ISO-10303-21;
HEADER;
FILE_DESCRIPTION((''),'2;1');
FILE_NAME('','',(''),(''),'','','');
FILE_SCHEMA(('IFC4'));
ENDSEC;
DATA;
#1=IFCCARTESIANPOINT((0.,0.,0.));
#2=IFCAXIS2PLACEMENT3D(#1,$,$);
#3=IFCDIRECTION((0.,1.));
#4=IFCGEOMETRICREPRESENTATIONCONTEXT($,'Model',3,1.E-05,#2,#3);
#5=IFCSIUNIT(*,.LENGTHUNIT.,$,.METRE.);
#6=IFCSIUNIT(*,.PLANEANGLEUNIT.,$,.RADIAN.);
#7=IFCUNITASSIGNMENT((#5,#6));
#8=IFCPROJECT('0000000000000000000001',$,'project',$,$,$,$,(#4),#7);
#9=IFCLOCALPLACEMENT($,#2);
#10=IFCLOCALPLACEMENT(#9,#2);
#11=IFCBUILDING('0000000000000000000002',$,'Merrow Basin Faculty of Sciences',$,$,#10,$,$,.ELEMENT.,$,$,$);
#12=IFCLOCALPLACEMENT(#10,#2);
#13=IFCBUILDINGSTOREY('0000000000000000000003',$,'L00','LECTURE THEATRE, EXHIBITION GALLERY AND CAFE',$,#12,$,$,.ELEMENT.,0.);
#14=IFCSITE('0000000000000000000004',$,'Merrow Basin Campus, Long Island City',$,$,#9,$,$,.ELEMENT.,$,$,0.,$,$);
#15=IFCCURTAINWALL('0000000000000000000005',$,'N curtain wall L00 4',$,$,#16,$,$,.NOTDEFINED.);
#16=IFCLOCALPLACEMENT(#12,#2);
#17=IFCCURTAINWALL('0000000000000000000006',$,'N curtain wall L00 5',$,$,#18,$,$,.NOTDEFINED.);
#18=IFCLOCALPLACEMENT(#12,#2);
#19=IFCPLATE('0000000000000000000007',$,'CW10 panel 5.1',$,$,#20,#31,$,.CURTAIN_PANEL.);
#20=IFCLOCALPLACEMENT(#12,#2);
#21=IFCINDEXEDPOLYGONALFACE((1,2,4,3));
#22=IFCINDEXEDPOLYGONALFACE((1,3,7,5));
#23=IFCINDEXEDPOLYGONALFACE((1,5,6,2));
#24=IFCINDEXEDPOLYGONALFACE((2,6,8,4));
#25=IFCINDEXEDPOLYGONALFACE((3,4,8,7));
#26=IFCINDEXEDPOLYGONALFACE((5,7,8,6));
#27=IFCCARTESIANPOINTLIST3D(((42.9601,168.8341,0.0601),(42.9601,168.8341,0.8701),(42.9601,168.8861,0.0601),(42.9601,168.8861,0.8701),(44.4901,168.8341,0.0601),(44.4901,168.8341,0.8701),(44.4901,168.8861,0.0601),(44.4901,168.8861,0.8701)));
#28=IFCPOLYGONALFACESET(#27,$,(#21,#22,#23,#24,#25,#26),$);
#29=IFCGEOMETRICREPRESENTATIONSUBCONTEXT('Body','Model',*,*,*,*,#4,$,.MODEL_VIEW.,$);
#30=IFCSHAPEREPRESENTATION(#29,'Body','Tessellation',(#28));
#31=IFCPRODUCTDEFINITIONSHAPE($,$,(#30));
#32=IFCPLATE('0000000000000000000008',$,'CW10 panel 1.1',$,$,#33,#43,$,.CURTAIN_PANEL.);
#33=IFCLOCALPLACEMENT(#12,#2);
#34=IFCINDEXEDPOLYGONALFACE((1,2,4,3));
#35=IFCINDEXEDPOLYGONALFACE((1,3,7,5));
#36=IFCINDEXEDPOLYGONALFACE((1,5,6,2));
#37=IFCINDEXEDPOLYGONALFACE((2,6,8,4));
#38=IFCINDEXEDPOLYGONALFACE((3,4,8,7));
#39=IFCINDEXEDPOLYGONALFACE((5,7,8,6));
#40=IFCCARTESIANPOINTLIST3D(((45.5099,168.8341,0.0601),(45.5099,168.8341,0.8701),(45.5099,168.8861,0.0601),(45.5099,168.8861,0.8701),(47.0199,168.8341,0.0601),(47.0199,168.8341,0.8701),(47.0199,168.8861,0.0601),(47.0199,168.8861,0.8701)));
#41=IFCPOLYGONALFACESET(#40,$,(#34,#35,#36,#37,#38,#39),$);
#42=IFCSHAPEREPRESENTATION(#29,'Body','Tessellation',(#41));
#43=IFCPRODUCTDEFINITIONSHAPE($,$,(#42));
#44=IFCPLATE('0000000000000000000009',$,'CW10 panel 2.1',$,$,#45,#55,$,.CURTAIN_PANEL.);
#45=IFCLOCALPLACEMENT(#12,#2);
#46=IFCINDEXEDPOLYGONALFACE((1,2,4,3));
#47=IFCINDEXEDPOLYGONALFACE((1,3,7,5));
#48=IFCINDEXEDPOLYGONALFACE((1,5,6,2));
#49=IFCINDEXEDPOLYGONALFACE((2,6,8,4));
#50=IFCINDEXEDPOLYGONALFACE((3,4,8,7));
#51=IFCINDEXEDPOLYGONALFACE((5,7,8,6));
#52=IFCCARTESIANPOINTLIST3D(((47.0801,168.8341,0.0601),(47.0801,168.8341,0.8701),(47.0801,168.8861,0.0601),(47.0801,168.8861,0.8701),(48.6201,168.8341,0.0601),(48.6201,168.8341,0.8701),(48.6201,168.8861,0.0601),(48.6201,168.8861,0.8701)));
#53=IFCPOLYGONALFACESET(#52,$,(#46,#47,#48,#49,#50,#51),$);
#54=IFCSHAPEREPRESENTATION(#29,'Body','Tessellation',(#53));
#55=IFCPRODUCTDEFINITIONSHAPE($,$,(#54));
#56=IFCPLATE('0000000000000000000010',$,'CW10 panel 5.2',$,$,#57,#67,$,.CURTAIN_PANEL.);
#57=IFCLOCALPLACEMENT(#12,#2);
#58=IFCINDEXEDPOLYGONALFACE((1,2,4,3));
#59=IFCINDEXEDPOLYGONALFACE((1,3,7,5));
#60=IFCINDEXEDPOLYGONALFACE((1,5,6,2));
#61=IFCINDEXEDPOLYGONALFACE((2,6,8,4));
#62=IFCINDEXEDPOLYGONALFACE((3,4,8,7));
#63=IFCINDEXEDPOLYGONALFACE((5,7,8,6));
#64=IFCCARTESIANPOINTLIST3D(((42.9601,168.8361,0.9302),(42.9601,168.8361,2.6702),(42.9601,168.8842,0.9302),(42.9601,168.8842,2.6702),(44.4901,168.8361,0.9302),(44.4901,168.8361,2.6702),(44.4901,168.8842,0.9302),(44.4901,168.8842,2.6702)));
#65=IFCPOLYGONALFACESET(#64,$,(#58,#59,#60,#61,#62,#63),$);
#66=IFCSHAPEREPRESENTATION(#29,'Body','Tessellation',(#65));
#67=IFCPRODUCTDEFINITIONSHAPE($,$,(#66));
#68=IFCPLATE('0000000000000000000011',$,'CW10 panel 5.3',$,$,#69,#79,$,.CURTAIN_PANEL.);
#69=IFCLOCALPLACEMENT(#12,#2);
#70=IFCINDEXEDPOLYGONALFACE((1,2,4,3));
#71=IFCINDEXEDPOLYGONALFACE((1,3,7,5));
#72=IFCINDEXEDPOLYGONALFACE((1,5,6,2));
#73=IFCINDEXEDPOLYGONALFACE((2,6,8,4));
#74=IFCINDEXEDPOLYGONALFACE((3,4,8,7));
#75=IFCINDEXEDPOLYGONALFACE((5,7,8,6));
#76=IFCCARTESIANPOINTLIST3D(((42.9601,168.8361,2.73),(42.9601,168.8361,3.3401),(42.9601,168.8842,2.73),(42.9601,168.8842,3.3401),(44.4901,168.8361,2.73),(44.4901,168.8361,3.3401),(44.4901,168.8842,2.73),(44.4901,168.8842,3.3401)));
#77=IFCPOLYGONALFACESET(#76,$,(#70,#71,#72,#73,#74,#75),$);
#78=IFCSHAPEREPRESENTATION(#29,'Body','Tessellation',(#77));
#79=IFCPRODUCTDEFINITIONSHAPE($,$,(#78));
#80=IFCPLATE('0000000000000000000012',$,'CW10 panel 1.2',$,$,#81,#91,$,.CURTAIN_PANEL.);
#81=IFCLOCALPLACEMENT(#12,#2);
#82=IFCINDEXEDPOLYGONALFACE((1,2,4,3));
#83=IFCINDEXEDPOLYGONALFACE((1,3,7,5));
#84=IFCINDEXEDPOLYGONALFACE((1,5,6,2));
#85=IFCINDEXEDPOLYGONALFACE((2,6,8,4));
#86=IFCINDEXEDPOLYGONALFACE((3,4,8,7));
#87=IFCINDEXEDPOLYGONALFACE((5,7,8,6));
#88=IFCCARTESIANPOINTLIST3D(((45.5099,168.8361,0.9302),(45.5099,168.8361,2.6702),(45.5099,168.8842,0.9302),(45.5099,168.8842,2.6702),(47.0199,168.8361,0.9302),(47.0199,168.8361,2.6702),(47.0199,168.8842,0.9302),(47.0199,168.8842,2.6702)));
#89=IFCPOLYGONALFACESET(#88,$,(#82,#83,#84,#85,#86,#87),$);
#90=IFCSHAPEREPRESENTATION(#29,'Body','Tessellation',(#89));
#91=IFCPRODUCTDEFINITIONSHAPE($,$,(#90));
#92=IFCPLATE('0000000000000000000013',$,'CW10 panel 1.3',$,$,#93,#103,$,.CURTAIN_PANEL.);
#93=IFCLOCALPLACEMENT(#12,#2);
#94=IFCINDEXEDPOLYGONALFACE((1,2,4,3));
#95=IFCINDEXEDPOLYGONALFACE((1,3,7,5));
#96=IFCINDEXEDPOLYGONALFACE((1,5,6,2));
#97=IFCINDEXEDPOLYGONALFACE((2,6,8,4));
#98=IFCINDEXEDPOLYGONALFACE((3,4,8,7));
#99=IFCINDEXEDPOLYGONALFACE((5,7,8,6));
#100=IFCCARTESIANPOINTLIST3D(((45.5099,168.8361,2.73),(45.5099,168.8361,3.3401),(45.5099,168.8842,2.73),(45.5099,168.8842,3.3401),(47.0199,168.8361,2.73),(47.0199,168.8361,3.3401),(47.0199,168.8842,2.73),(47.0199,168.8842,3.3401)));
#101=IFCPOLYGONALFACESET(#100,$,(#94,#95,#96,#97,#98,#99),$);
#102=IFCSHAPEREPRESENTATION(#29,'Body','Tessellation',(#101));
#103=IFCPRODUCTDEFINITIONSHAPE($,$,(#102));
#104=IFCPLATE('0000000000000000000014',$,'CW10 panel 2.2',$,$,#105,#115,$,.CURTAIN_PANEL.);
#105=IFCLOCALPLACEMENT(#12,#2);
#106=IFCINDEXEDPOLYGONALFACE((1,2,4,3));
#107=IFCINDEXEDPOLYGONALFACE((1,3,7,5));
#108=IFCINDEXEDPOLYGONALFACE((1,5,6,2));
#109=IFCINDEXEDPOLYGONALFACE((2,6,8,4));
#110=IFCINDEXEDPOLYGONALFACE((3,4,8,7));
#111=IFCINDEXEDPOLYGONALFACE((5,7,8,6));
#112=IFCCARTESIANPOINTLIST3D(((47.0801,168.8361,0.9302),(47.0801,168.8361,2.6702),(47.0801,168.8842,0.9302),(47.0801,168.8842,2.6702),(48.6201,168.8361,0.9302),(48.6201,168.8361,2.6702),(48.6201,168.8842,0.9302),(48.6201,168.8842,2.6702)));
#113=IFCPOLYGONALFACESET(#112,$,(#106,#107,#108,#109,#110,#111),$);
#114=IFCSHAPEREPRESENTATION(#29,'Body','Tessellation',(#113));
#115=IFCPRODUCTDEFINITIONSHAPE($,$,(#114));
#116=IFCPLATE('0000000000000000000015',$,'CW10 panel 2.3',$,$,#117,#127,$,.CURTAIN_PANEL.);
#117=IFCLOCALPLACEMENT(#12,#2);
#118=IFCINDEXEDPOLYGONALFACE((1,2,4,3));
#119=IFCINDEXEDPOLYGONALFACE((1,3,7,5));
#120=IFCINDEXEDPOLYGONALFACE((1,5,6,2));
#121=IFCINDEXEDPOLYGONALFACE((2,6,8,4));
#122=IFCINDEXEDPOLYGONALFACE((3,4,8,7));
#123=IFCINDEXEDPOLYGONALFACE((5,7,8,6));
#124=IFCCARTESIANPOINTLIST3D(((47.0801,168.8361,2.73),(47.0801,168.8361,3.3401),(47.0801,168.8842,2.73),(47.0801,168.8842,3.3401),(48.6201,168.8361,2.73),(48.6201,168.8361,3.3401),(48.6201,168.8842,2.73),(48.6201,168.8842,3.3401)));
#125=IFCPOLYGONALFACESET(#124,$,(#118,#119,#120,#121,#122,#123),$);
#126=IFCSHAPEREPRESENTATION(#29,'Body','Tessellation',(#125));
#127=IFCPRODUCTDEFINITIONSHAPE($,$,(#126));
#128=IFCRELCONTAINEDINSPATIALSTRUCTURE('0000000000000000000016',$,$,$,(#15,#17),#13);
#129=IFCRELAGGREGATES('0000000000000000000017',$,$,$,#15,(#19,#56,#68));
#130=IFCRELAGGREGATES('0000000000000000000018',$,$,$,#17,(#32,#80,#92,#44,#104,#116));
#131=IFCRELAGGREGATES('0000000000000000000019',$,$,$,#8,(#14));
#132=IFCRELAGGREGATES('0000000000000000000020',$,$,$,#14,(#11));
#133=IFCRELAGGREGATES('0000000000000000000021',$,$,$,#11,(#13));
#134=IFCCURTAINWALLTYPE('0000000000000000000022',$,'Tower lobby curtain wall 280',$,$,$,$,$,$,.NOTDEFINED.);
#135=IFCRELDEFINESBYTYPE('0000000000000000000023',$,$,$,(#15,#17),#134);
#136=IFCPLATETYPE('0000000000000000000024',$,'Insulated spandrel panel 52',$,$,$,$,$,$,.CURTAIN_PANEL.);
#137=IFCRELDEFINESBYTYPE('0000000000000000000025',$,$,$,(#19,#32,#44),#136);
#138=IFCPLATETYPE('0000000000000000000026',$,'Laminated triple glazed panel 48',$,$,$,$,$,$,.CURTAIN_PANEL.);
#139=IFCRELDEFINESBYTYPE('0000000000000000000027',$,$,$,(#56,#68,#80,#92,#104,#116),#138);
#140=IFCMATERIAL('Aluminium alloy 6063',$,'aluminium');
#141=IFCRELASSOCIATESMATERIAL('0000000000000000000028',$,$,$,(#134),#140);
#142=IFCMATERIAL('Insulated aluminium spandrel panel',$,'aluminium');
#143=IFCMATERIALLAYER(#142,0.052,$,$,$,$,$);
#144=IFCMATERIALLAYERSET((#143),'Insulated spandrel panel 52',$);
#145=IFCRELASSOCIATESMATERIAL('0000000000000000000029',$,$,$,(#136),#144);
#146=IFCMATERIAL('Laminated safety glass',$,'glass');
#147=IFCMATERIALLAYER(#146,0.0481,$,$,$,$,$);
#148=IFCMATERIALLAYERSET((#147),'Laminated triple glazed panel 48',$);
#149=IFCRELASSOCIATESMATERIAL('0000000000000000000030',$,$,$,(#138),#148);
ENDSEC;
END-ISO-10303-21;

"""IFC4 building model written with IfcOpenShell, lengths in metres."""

from ifc_helpers import new_model, si_unit, direction, frame, origin, origin_2d, place, context, subcontext, project, spatial, rectangle, extrude, material, layer, layer_set, type_object, element, aggregate, save


model = new_model("IFC4")

# Units and contexts
model_context = context("Model", 3, precision=1e-05, world=origin(), true_north=direction((0.0, 1.0)))
body_context = subcontext(model_context, "Body", "Model", "MODEL_VIEW")
ifc_project = project(units=[si_unit("LENGTHUNIT", "METRE"), si_unit("PLANEANGLEUNIT", "RADIAN")], contexts=[model_context])

# Site, building, storey
site_placement = place(None, origin())
site = spatial("IfcSite", under=ifc_project, at=site_placement, Name="Merrow Basin Campus, Long Island City", CompositionType="ELEMENT", RefElevation=0.0)
building_placement = place(site_placement, origin())
building = spatial("IfcBuilding", under=site, at=building_placement, Name="Merrow Basin Faculty of Sciences", CompositionType="ELEMENT")
storey_placement = place(building_placement, origin())
storey = spatial("IfcBuildingStorey", under=building, at=storey_placement, Name="L00", Description="LECTURE THEATRE, EXHIBITION GALLERY AND CAFE", CompositionType="ELEMENT", Elevation=0.0)

# Curtain wall
ifc_material_1 = material(Name="Aluminium alloy 6063", Category="aluminium")
curtain_wall_type = type_object("IfcCurtainWallType", Name="Tower lobby curtain wall 280", PredefinedType="NOTDEFINED", material=ifc_material_1)
curtain_wall_1_placement = place(storey_placement, origin())
curtain_wall_1 = element("IfcCurtainWall", 1, at=curtain_wall_1_placement, inside=storey, type_object=curtain_wall_type, Name="N curtain wall L00 4", PredefinedType="NOTDEFINED")

# Curtain wall
curtain_wall_2_placement = place(storey_placement, origin())
curtain_wall_2 = element("IfcCurtainWall", 2, at=curtain_wall_2_placement, inside=storey, type_object=curtain_wall_type, Name="N curtain wall L00 5", PredefinedType="NOTDEFINED")

# Plates
ifc_material_2 = material(Name="Insulated aluminium spandrel panel", Category="aluminium")
ifc_layer_1 = layer(ifc_material_2, 0.052)
ifc_layer_set_1 = layer_set([ifc_layer_1], Name="Insulated spandrel panel 52")
plate_type_1 = type_object("IfcPlateType", Name="Insulated spandrel panel 52", PredefinedType="CURTAIN_PANEL", material=ifc_layer_set_1)
plate_1_placement = place(storey_placement, frame((43.7251, 168.8601, 0.0601), z_axis=(0.0, 0.0, 1.0), x_axis=(1.0, 0.0, 0.0)))
plate_1 = element("IfcPlate", 3, at=plate_1_placement, type_object=plate_type_1, Name="CW10 panel 5.1", PredefinedType="CURTAIN_PANEL", context=body_context, shape_type="SweptSolid", body=[
    extrude(rectangle(XDim=1.53, YDim=0.052, at=origin_2d()), origin(), (0.0, 0.0, 1.0), 0.8101),
])
plate_2_placement = place(storey_placement, frame((46.2649, 168.8601, 0.0601), z_axis=(0.0, 0.0, 1.0), x_axis=(1.0, 0.0, 0.0)))
plate_2 = element("IfcPlate", 4, at=plate_2_placement, type_object=plate_type_1, Name="CW10 panel 1.1", PredefinedType="CURTAIN_PANEL", context=body_context, shape_type="SweptSolid", body=[
    extrude(rectangle(XDim=1.51, YDim=0.052, at=origin_2d()), origin(), (0.0, 0.0, 1.0), 0.8101),
])
plate_3_placement = place(storey_placement, frame((47.8501, 168.8601, 0.0601), z_axis=(0.0, 0.0, 1.0), x_axis=(1.0, 0.0, 0.0)))
plate_3 = element("IfcPlate", 5, at=plate_3_placement, type_object=plate_type_1, Name="CW10 panel 2.1", PredefinedType="CURTAIN_PANEL", context=body_context, shape_type="SweptSolid", body=[
    extrude(rectangle(XDim=1.54, YDim=0.052, at=origin_2d()), origin(), (0.0, 0.0, 1.0), 0.8101),
])
ifc_material_3 = material(Name="Laminated safety glass", Category="glass")
ifc_layer_2 = layer(ifc_material_3, 0.0481)
ifc_layer_set_2 = layer_set([ifc_layer_2], Name="Laminated triple glazed panel 48")
plate_type_2 = type_object("IfcPlateType", Name="Laminated triple glazed panel 48", PredefinedType="CURTAIN_PANEL", material=ifc_layer_set_2)
plate_4_placement = place(storey_placement, frame((43.7251, 168.8601, 0.9302), z_axis=(0.0, 0.0, 1.0), x_axis=(1.0, 0.0, 0.0)))
plate_4 = element("IfcPlate", 6, at=plate_4_placement, type_object=plate_type_2, Name="CW10 panel 5.2", PredefinedType="CURTAIN_PANEL", context=body_context, shape_type="SweptSolid", body=[
    extrude(rectangle(XDim=1.53, YDim=0.0481, at=origin_2d()), origin(), (0.0, 0.0, 1.0), 1.74),
])
plate_5_placement = place(storey_placement, frame((43.7251, 168.8601, 2.73), z_axis=(0.0, 0.0, 1.0), x_axis=(1.0, 0.0, 0.0)))
plate_5 = element("IfcPlate", 7, at=plate_5_placement, type_object=plate_type_2, Name="CW10 panel 5.3", PredefinedType="CURTAIN_PANEL", context=body_context, shape_type="SweptSolid", body=[
    extrude(rectangle(XDim=1.53, YDim=0.0481, at=origin_2d()), origin(), (0.0, 0.0, 1.0), 0.6101),
])
aggregate(curtain_wall_1, [plate_1, plate_4, plate_5])
plate_6_placement = place(storey_placement, frame((46.2649, 168.8601, 0.9302), z_axis=(0.0, 0.0, 1.0), x_axis=(1.0, 0.0, 0.0)))
plate_6 = element("IfcPlate", 8, at=plate_6_placement, type_object=plate_type_2, Name="CW10 panel 1.2", PredefinedType="CURTAIN_PANEL", context=body_context, shape_type="SweptSolid", body=[
    extrude(rectangle(XDim=1.51, YDim=0.0481, at=origin_2d()), origin(), (0.0, 0.0, 1.0), 1.74),
])
plate_7_placement = place(storey_placement, frame((46.2649, 168.8601, 2.73), z_axis=(0.0, 0.0, 1.0), x_axis=(1.0, 0.0, 0.0)))
plate_7 = element("IfcPlate", 9, at=plate_7_placement, type_object=plate_type_2, Name="CW10 panel 1.3", PredefinedType="CURTAIN_PANEL", context=body_context, shape_type="SweptSolid", body=[
    extrude(rectangle(XDim=1.51, YDim=0.0481, at=origin_2d()), origin(), (0.0, 0.0, 1.0), 0.6101),
])
plate_8_placement = place(storey_placement, frame((47.8501, 168.8601, 0.9302), z_axis=(0.0, 0.0, 1.0), x_axis=(1.0, 0.0, 0.0)))
plate_8 = element("IfcPlate", 10, at=plate_8_placement, type_object=plate_type_2, Name="CW10 panel 2.2", PredefinedType="CURTAIN_PANEL", context=body_context, shape_type="SweptSolid", body=[
    extrude(rectangle(XDim=1.54, YDim=0.0481, at=origin_2d()), origin(), (0.0, 0.0, 1.0), 1.74),
])
plate_9_placement = place(storey_placement, frame((47.8501, 168.8601, 2.73), z_axis=(0.0, 0.0, 1.0), x_axis=(1.0, 0.0, 0.0)))
plate_9 = element("IfcPlate", 11, at=plate_9_placement, type_object=plate_type_2, Name="CW10 panel 2.3", PredefinedType="CURTAIN_PANEL", context=body_context, shape_type="SweptSolid", body=[
    extrude(rectangle(XDim=1.54, YDim=0.0481, at=origin_2d()), origin(), (0.0, 0.0, 1.0), 0.6101),
])
aggregate(curtain_wall_2, [plate_2, plate_6, plate_7, plate_3, plate_8, plate_9])

save(model, "model.ifc")
